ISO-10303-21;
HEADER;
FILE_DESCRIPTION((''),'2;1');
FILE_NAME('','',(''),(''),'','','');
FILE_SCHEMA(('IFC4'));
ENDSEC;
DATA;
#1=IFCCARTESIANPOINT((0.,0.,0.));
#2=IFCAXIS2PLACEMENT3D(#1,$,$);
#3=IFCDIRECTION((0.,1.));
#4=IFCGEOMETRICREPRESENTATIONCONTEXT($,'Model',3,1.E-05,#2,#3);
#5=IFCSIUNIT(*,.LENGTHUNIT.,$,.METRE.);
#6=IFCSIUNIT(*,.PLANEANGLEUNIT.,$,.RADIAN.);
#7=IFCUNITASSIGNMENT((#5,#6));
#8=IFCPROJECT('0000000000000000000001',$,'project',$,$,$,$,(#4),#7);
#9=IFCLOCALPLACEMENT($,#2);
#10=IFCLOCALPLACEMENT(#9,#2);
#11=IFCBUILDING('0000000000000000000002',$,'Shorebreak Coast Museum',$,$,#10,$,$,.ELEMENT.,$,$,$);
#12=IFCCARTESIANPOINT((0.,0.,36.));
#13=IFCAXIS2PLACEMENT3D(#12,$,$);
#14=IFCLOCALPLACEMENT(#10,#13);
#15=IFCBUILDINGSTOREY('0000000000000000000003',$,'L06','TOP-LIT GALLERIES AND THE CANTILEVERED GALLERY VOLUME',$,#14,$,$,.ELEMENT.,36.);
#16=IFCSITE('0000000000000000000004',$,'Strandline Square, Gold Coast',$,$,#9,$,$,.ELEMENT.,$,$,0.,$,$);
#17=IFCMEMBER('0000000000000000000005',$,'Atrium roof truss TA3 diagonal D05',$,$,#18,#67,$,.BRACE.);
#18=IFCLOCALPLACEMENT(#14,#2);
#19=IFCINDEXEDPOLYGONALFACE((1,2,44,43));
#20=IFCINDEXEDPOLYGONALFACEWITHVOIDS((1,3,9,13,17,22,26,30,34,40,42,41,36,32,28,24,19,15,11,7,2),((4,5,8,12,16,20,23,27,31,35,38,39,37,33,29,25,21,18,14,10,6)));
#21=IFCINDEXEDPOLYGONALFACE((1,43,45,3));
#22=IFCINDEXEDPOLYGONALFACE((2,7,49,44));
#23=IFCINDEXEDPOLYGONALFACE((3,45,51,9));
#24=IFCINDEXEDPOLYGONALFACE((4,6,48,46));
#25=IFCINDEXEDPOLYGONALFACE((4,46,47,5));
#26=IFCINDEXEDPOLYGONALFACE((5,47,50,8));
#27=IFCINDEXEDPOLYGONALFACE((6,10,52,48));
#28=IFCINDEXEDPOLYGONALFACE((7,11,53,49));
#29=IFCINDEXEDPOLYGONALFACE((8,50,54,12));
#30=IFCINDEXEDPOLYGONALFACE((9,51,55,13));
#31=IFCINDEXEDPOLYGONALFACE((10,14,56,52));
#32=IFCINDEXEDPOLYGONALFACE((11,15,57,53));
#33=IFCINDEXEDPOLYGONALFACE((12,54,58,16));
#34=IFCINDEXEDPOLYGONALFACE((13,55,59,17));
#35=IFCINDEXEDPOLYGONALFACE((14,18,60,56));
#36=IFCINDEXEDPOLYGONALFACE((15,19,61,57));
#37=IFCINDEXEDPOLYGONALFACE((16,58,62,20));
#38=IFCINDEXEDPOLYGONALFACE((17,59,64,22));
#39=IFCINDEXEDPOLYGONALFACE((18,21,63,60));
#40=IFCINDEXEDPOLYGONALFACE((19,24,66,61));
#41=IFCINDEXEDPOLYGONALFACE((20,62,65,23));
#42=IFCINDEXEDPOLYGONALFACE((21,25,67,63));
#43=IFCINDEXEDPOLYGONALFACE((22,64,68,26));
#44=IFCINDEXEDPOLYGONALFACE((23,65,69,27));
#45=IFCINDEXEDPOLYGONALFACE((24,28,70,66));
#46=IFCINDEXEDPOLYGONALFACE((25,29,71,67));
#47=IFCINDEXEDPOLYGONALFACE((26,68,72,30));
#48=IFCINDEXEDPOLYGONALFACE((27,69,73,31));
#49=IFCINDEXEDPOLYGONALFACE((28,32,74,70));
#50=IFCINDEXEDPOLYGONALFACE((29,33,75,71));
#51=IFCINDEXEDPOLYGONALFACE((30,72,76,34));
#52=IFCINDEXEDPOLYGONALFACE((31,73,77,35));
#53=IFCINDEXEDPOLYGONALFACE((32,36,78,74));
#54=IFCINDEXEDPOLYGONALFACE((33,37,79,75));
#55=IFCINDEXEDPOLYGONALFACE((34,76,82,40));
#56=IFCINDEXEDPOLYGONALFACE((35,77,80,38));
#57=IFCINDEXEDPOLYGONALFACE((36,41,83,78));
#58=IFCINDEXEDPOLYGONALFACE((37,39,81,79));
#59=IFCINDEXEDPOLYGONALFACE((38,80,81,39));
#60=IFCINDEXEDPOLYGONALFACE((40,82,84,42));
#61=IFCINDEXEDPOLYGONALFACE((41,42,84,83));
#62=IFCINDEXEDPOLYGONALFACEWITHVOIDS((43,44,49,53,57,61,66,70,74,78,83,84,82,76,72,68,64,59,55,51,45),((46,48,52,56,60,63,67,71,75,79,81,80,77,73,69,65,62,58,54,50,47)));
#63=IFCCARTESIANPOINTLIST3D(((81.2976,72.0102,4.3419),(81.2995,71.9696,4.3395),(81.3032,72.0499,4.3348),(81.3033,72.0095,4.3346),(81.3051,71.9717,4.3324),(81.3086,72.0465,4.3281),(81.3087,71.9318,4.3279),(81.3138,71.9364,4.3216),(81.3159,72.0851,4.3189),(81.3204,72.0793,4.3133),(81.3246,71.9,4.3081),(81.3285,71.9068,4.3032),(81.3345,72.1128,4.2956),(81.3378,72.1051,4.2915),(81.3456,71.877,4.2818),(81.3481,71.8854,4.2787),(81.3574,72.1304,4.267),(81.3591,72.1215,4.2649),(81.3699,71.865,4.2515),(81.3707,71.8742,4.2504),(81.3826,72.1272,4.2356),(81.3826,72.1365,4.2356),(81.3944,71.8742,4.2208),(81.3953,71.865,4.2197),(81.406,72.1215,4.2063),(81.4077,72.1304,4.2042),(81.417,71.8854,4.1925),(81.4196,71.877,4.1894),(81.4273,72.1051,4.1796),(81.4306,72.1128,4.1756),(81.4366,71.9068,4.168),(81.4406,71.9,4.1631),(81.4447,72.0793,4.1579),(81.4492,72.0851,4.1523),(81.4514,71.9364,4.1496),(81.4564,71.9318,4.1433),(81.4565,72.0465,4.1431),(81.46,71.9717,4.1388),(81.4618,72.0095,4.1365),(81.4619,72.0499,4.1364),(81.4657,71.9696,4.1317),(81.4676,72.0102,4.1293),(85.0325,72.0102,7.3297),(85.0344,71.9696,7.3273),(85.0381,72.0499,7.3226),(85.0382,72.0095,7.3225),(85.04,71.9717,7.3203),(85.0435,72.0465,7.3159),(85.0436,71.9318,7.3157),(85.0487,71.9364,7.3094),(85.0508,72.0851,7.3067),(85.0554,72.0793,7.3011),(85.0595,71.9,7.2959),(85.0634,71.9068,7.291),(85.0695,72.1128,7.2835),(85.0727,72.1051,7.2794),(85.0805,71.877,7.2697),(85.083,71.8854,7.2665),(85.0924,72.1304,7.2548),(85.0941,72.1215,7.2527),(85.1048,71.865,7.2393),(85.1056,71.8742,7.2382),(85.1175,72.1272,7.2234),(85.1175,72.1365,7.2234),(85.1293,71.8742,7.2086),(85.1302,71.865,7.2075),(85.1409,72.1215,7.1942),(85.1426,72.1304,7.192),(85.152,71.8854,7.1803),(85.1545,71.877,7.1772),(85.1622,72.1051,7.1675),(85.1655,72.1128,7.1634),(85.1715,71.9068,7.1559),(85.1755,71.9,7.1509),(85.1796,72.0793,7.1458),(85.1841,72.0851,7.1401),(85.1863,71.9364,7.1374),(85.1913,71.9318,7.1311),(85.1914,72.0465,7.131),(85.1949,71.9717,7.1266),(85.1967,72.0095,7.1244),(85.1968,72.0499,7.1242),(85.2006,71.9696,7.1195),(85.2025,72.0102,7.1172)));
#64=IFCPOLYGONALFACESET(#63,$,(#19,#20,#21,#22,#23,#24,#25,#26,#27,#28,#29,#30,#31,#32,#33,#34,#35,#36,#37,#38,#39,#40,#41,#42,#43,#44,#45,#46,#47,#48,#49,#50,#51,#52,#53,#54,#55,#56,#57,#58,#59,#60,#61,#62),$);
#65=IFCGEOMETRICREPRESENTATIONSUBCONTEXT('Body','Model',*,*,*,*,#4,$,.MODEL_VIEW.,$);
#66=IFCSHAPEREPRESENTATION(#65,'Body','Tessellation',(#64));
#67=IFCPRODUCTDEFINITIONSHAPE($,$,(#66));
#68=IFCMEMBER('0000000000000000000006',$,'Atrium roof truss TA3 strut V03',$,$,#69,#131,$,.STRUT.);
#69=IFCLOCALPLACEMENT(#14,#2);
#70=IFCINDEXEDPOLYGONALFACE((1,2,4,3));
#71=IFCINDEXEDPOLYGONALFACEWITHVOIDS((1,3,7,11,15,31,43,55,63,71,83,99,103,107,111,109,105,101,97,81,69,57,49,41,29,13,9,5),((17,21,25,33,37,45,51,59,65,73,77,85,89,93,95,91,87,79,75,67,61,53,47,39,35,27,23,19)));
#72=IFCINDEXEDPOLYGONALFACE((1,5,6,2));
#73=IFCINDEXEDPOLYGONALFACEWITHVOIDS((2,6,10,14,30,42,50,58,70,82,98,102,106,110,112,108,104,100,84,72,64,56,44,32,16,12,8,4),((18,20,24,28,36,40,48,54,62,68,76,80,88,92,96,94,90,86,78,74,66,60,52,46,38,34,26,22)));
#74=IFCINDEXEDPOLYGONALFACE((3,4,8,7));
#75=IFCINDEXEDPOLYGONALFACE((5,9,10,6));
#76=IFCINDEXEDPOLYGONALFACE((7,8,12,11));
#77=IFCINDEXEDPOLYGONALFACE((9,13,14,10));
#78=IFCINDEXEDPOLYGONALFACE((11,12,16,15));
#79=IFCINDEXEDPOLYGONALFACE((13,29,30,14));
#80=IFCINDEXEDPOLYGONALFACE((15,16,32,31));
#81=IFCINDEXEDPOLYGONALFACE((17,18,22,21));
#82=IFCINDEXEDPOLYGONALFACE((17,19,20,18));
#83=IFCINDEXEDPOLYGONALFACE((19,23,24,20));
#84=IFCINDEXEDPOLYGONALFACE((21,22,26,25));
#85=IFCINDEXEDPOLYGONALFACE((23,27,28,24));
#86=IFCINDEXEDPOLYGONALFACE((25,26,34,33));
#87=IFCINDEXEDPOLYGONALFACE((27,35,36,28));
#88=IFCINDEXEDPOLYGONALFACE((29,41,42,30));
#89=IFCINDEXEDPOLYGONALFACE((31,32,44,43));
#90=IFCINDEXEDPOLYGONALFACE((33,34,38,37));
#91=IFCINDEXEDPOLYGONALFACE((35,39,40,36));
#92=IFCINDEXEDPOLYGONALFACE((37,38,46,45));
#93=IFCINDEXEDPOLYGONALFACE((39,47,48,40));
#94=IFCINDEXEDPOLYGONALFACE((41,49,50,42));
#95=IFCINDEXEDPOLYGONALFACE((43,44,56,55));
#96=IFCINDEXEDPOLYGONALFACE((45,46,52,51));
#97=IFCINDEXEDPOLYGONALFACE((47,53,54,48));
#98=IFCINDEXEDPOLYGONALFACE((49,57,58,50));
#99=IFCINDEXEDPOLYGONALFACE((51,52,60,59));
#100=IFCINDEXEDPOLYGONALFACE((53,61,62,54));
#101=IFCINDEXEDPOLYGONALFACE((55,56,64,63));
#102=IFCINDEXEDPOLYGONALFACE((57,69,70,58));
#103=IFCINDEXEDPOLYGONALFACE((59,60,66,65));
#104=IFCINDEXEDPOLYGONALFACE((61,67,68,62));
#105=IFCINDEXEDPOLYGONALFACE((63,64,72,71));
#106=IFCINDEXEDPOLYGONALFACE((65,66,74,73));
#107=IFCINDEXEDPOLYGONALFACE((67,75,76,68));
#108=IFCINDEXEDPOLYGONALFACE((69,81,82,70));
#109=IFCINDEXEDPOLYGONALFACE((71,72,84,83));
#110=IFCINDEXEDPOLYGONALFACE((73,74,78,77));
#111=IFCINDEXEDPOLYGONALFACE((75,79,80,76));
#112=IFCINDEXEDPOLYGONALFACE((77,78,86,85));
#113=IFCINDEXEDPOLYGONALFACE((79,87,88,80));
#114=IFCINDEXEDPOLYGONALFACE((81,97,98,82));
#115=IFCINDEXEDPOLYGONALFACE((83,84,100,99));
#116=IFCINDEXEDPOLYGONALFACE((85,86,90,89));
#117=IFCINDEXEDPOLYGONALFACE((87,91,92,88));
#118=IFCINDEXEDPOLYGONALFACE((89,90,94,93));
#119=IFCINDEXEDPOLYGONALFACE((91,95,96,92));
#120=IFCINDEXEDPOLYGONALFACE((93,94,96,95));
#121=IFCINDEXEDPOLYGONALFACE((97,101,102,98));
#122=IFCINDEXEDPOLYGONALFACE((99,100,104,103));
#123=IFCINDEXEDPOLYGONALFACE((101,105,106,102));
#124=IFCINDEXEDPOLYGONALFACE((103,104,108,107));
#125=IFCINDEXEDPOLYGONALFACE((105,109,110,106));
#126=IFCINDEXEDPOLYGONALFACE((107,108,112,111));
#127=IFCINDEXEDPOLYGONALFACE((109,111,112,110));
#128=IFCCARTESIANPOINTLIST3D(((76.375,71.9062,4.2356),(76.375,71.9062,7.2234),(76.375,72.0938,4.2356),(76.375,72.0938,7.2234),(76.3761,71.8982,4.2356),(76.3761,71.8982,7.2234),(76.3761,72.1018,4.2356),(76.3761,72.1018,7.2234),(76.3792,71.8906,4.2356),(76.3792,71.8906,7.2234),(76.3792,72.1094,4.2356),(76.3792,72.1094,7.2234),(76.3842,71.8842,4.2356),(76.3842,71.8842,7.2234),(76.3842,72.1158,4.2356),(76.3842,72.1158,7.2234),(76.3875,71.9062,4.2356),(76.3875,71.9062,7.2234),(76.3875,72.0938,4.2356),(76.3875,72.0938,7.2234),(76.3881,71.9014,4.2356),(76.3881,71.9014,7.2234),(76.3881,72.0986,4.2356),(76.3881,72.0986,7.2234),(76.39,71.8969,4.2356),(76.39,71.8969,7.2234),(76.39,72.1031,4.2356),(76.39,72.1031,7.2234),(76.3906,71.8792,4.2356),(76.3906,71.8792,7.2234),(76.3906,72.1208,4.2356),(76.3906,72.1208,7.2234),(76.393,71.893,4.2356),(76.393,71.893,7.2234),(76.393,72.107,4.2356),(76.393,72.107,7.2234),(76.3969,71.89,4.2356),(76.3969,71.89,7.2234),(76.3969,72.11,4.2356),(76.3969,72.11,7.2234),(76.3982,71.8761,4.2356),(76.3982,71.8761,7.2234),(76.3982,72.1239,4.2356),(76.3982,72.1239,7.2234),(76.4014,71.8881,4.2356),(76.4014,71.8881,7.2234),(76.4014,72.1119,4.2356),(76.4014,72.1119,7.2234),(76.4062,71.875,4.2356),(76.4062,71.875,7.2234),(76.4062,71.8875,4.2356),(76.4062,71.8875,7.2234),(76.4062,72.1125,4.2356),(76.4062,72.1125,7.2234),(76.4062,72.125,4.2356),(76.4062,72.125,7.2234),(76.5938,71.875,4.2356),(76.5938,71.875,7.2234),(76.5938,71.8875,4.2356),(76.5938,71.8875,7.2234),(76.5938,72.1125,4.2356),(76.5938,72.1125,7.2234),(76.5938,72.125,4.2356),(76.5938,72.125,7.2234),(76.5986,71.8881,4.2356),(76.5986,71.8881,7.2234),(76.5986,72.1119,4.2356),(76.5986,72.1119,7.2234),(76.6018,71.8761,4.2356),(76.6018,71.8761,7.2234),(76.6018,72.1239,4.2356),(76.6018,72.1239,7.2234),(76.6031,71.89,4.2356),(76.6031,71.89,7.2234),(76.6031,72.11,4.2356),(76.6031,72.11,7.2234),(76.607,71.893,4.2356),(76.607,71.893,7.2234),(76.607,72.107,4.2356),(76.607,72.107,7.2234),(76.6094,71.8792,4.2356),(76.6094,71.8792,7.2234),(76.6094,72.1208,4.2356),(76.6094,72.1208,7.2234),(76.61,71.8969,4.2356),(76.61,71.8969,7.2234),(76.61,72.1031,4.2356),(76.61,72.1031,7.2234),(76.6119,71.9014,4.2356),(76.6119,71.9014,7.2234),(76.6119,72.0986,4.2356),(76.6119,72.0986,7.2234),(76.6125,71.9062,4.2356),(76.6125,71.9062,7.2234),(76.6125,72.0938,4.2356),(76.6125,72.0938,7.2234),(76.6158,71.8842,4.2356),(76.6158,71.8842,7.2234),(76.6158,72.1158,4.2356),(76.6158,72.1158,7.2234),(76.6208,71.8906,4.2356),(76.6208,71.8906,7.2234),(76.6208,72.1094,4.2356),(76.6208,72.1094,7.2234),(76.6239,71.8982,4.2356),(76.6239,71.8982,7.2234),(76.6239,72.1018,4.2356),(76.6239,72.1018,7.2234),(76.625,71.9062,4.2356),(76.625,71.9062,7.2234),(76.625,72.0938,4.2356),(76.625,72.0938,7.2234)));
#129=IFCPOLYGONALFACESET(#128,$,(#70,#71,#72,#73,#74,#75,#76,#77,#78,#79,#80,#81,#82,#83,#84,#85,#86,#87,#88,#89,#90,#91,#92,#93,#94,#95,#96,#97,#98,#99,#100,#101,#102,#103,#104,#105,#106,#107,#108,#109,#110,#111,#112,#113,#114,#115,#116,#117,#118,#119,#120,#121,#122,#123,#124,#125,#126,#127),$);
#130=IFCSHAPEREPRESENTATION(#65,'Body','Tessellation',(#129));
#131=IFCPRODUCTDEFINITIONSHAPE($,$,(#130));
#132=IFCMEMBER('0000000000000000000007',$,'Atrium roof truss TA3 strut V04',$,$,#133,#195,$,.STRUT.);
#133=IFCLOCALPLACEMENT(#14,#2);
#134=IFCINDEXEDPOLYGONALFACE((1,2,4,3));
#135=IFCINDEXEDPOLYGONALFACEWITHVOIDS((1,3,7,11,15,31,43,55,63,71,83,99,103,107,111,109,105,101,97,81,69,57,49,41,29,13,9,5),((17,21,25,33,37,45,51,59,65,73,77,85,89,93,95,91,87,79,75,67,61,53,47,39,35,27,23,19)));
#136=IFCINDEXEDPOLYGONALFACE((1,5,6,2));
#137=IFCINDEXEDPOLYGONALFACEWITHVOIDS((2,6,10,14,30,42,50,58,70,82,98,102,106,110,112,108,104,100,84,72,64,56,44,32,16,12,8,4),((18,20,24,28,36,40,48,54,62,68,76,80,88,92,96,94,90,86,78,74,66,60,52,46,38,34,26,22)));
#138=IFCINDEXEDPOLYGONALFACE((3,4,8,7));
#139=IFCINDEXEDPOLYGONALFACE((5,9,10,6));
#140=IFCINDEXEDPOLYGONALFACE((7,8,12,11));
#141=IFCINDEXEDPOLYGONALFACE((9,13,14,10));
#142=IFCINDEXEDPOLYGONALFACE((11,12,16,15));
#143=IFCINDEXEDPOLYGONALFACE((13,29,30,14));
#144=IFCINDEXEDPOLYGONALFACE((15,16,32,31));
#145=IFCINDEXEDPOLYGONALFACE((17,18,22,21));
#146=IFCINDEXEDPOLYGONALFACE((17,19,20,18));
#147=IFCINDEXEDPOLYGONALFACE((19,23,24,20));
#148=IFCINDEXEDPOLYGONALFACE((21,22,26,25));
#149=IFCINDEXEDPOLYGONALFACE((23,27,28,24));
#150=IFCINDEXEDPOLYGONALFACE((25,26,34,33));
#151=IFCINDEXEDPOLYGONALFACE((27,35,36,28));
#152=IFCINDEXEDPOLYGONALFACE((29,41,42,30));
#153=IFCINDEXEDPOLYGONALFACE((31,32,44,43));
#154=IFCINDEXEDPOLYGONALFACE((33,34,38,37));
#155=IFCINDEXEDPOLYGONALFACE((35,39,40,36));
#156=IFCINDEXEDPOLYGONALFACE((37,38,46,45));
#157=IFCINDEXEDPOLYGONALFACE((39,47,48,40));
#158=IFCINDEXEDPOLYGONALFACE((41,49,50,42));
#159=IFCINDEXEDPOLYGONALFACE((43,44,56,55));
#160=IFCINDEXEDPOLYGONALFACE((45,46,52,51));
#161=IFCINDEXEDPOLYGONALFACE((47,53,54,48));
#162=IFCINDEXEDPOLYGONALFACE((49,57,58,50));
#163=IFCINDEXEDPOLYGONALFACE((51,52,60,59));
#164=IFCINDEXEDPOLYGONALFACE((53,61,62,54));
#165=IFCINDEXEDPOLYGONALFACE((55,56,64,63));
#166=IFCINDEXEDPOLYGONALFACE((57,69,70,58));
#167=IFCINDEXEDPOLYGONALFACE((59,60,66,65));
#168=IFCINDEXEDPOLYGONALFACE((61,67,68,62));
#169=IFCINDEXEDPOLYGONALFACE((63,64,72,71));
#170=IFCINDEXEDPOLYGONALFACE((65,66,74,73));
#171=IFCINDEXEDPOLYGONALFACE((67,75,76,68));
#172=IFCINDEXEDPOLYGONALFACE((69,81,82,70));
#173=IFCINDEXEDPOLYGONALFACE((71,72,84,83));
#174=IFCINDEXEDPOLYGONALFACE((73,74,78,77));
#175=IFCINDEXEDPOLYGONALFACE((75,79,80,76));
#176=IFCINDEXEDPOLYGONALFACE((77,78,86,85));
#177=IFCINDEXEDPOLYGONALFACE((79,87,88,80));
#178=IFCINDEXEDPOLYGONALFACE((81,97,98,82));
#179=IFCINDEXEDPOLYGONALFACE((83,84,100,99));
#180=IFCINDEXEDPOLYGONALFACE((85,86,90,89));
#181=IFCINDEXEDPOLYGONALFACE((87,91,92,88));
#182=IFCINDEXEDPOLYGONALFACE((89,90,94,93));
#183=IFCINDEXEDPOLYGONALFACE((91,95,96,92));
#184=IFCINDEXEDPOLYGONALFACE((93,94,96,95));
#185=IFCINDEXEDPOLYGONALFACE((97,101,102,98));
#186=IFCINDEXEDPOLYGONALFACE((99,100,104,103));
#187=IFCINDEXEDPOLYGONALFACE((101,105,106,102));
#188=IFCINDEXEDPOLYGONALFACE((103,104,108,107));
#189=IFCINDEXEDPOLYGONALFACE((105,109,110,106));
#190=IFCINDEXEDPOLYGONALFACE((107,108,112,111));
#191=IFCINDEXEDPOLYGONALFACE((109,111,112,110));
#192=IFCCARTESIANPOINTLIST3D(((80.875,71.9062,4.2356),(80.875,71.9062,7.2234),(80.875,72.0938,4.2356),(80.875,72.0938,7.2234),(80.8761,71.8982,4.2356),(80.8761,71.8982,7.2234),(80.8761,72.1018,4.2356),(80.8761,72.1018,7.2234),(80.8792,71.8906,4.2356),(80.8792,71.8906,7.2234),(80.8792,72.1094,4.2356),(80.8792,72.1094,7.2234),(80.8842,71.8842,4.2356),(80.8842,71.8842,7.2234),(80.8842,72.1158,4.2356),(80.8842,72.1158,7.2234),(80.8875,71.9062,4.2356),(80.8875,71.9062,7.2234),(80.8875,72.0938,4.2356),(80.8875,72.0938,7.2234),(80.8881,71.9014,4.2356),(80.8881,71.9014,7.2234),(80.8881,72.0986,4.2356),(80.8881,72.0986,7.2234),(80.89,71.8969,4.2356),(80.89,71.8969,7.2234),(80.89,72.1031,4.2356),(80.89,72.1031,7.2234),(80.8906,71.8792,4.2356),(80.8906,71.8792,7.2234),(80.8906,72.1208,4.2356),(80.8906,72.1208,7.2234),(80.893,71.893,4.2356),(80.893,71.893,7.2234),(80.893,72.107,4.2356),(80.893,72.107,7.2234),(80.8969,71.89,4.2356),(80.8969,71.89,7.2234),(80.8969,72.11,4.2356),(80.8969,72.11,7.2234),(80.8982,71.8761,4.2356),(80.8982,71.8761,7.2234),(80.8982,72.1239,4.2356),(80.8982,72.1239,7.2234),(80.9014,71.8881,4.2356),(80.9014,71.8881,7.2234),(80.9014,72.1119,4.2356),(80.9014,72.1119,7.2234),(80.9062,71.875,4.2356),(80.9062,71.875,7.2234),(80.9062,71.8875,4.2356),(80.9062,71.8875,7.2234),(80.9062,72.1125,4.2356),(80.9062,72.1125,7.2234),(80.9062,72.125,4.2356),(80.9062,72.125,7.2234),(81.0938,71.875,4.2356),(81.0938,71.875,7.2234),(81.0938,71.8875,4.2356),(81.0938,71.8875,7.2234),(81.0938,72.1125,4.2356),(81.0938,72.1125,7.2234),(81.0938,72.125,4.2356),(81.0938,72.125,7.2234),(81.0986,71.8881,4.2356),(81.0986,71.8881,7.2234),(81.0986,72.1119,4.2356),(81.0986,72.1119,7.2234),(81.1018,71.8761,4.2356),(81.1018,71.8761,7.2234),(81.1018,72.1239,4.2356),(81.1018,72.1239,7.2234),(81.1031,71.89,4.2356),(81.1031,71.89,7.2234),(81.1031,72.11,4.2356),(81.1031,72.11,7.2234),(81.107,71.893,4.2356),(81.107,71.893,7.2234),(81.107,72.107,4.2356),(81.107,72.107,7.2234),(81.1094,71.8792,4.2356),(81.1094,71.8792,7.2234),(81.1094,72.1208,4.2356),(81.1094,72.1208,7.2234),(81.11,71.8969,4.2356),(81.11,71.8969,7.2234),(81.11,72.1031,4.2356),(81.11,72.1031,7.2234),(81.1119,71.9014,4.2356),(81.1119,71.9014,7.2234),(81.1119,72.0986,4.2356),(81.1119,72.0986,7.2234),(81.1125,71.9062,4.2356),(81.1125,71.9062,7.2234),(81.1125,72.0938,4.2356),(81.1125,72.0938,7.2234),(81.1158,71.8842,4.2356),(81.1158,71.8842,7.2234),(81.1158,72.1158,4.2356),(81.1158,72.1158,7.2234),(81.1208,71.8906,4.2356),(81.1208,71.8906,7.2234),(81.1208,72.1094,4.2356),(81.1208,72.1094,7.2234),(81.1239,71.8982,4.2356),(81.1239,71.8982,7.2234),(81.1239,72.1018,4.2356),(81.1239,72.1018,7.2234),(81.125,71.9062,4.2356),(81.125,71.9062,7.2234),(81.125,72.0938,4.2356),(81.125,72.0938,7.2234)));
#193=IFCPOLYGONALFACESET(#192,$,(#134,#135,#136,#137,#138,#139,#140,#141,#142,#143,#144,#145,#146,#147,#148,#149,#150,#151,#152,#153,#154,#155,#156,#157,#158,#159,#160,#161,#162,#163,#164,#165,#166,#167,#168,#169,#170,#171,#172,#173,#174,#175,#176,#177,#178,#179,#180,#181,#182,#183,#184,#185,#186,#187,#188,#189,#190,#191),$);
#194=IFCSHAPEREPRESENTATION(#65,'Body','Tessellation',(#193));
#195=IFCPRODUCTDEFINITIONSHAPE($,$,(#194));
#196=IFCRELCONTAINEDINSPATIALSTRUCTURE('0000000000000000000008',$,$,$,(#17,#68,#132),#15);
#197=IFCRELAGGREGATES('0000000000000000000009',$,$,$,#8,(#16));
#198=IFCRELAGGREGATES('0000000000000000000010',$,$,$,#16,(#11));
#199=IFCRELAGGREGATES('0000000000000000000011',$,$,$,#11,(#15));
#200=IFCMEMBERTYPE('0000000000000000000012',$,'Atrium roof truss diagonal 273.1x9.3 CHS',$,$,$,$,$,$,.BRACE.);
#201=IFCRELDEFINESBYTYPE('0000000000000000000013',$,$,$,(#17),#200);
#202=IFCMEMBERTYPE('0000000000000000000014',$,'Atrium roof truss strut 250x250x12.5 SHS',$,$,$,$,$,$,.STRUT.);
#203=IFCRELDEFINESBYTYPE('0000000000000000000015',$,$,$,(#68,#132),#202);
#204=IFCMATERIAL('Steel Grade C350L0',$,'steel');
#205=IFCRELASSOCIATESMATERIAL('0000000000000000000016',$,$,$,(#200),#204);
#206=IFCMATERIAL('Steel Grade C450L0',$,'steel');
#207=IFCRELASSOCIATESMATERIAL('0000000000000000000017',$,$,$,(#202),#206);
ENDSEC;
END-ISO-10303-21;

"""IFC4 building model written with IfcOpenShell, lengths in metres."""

from ifc_helpers import new_model, si_unit, direction, frame, origin, origin_2d, place, context, subcontext, project, spatial, hollow_rectangle, hollow_circle, extrude, material, material_profile, profile_set, type_object, element, save


model = new_model("IFC4")

# Units and contexts
model_context = context("Model", 3, precision=1e-05, world=origin(), true_north=direction((0.0, 1.0)))
body_context = subcontext(model_context, "Body", "Model", "MODEL_VIEW")
ifc_project = project(units=[si_unit("LENGTHUNIT", "METRE"), si_unit("PLANEANGLEUNIT", "RADIAN")], contexts=[model_context])

# Site, building, storey
site_placement = place(None, origin())
site = spatial("IfcSite", under=ifc_project, at=site_placement, Name="Strandline Square, Gold Coast", CompositionType="ELEMENT", RefElevation=0.0)
building_placement = place(site_placement, origin())
building = spatial("IfcBuilding", under=site, at=building_placement, Name="Shorebreak Coast Museum", CompositionType="ELEMENT")
storey_placement = place(building_placement, frame((0.0, 0.0, 36.0)))
storey = spatial("IfcBuildingStorey", under=building, at=storey_placement, Name="L06", Description="TOP-LIT GALLERIES AND THE CANTILEVERED GALLERY VOLUME", CompositionType="ELEMENT", Elevation=36.0)

# Members
ifc_material_1 = material(Name="Steel Grade C350L0", Category="steel")
ifc_material_profile_1 = material_profile(ifc_material_1, hollow_circle(Radius=0.1365, WallThickness=0.0093, at=origin_2d()), Name="273.1x9.3 CHS")
ifc_profile_set_1 = profile_set([ifc_material_profile_1], Name="Steel Grade C350L0")
member_type_1 = type_object("IfcMemberType", Name="Atrium roof truss diagonal 273.1x9.3 CHS", PredefinedType="BRACE", material=ifc_profile_set_1)
for number, where, z_axis, x_axis, name in (
    (1, (81.3826, 72.0, 4.2356), (0.780879, 0.0, 0.624683), (0.0, 1.0, 0.0), "Atrium roof truss TA3 diagonal D05"),
):
    element("IfcMember", number, at=place(storey_placement, frame(where, z_axis=z_axis, x_axis=x_axis)), inside=storey, type_object=member_type_1, Name=name, PredefinedType="BRACE", context=body_context, shape_type="SweptSolid", body=[
        extrude(hollow_circle(Radius=0.1365, WallThickness=0.0093, at=origin_2d()), origin(), (0.0, 0.0, 1.0), 4.783),
    ])
ifc_material_2 = material(Name="Steel Grade C450L0", Category="steel")
ifc_material_profile_2 = material_profile(ifc_material_2, hollow_rectangle(XDim=0.25, YDim=0.25, WallThickness=0.0125, InnerFilletRadius=0.0188, OuterFilletRadius=0.0312, at=origin_2d()), Name="250x250x12.5 SHS")
ifc_profile_set_2 = profile_set([ifc_material_profile_2], Name="Steel Grade C450L0")
member_type_2 = type_object("IfcMemberType", Name="Atrium roof truss strut 250x250x12.5 SHS", PredefinedType="STRUT", material=ifc_profile_set_2)
for number, where, z_axis, x_axis, name in (
    (2, (76.5, 72.0, 4.2356), (0.0, 0.0, 1.0), (1.0, 0.0, 0.0), "Atrium roof truss TA3 strut V03"),
    (3, (81.0, 72.0, 4.2356), (0.0, 0.0, 1.0), (1.0, 0.0, 0.0), "Atrium roof truss TA3 strut V04"),
):
    element("IfcMember", number, at=place(storey_placement, frame(where, z_axis=z_axis, x_axis=x_axis)), inside=storey, type_object=member_type_2, Name=name, PredefinedType="STRUT", context=body_context, shape_type="SweptSolid", body=[
        extrude(hollow_rectangle(XDim=0.25, YDim=0.25, WallThickness=0.0125, InnerFilletRadius=0.0188, OuterFilletRadius=0.0312, at=origin_2d()), origin(), (0.0, 0.0, 1.0), 2.9878),
    ])

save(model, "model.ifc")
